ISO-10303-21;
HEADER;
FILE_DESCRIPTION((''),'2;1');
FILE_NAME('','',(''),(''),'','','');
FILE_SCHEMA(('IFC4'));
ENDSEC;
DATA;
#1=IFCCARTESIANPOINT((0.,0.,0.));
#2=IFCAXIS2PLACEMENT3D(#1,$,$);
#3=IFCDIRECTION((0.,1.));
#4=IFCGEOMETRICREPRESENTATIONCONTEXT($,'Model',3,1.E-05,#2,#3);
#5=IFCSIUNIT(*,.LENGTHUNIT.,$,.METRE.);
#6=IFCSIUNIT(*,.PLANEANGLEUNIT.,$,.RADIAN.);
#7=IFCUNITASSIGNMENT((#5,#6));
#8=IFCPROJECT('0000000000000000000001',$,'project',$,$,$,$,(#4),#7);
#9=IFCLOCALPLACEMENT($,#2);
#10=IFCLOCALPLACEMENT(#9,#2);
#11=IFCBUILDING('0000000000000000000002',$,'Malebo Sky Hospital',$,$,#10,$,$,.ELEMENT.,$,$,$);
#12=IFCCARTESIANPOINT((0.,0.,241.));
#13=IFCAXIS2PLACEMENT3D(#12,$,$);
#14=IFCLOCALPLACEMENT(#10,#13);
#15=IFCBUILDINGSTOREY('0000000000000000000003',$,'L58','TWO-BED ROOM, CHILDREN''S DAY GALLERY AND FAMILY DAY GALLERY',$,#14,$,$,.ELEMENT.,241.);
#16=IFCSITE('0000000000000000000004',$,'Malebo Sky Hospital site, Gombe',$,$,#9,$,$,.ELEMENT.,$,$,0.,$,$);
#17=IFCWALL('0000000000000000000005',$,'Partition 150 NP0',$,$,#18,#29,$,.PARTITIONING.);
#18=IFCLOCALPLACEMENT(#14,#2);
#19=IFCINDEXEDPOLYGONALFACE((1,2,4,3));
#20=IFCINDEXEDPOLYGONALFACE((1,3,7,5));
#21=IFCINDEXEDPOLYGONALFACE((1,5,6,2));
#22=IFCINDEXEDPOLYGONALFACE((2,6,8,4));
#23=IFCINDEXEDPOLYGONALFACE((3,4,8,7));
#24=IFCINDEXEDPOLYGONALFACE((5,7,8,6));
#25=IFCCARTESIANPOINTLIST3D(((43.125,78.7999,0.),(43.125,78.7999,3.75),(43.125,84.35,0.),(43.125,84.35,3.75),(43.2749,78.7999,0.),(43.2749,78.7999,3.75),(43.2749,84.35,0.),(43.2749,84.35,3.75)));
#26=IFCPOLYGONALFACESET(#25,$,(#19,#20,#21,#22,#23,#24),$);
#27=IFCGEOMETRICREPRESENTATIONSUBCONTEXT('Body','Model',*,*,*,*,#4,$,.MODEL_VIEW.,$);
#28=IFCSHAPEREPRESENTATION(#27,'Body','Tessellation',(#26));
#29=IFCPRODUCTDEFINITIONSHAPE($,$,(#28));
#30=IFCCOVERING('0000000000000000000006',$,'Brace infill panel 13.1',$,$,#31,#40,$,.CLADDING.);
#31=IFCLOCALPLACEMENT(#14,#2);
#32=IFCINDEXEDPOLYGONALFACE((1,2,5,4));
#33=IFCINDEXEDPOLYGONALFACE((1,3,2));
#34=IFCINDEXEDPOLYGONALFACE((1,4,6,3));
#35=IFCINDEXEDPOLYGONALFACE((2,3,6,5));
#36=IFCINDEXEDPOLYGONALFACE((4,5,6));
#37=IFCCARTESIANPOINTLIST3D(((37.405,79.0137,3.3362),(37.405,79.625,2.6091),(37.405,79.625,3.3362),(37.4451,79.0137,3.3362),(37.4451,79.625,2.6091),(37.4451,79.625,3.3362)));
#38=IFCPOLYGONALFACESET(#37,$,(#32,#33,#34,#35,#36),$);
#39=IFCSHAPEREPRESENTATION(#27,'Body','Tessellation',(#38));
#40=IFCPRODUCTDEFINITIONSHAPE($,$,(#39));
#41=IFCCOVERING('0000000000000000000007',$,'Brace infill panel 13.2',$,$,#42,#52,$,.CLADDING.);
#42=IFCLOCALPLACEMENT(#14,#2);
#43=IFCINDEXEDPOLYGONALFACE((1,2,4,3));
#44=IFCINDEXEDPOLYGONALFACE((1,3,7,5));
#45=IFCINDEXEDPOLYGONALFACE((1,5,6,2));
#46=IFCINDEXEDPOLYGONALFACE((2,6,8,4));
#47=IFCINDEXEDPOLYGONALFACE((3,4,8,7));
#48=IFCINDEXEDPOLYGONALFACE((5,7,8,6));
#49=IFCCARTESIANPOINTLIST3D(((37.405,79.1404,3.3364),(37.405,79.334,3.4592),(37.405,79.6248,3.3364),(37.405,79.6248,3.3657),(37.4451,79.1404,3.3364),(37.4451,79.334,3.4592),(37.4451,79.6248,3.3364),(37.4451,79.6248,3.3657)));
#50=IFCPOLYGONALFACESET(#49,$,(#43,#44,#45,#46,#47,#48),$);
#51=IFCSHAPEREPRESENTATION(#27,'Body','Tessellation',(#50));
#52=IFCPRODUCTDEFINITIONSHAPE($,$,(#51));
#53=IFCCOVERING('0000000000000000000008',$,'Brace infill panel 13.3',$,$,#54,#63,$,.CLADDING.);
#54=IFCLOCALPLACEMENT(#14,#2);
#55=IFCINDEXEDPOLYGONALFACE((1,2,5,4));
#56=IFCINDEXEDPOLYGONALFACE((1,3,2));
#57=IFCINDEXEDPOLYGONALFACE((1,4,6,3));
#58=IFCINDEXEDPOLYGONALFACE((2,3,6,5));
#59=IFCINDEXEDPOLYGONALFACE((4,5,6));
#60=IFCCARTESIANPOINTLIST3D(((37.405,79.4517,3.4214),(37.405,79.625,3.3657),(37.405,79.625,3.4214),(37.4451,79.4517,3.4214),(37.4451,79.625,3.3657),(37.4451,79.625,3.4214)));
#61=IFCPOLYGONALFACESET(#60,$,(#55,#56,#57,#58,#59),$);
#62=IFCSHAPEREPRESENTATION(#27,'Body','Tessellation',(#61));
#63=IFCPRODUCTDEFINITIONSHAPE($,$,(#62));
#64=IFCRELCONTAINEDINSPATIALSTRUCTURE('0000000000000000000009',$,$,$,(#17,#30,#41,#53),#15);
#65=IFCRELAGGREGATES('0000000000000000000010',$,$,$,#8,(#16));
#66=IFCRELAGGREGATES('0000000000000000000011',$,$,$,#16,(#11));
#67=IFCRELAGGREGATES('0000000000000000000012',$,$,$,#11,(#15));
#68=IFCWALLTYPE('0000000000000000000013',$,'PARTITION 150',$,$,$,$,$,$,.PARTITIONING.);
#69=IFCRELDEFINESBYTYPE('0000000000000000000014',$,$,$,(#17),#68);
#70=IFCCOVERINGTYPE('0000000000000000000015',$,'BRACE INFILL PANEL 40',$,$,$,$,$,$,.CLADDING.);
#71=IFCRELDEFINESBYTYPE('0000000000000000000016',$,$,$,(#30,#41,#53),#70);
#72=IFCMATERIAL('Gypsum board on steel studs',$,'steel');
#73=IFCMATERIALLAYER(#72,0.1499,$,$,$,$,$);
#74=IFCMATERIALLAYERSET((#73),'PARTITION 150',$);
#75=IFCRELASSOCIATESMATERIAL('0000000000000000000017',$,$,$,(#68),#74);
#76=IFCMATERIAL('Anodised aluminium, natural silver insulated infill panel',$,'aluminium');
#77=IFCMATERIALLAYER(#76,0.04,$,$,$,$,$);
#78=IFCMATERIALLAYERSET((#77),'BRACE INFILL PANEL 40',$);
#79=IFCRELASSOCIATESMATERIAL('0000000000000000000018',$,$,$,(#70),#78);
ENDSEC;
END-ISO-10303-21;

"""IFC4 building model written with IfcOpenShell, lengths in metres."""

from ifc_helpers import new_model, si_unit, direction, frame, frame_2d, origin, place, context, subcontext, project, spatial, polyline, rectangle, outline, extrude, material, layer, layer_set, type_object, element, save


model = new_model("IFC4")

# Units and contexts
model_context = context("Model", 3, precision=1e-05, world=origin(), true_north=direction((0.0, 1.0)))
body_context = subcontext(model_context, "Body", "Model", "MODEL_VIEW")
ifc_project = project(units=[si_unit("LENGTHUNIT", "METRE"), si_unit("PLANEANGLEUNIT", "RADIAN")], contexts=[model_context])

# Site, building, storey
site_placement = place(None, origin())
site = spatial("IfcSite", under=ifc_project, at=site_placement, Name="Malebo Sky Hospital site, Gombe", CompositionType="ELEMENT", RefElevation=0.0)
building_placement = place(site_placement, origin())
building = spatial("IfcBuilding", under=site, at=building_placement, Name="Malebo Sky Hospital", CompositionType="ELEMENT")
storey_placement = place(building_placement, frame((0.0, 0.0, 241.0)))
storey = spatial("IfcBuildingStorey", under=building, at=storey_placement, Name="L58", Description="TWO-BED ROOM, CHILDREN'S DAY GALLERY AND FAMILY DAY GALLERY", CompositionType="ELEMENT", Elevation=241.0)

# Shared definitions
ifc_material_1 = material(Name="Gypsum board on steel studs", Category="steel")

# Wall
ifc_layer_1 = layer(ifc_material_1, 0.1499)
ifc_layer_set_1 = layer_set([ifc_layer_1], Name="PARTITION 150")
wall_type_1 = type_object("IfcWallType", Name="PARTITION 150", PredefinedType="PARTITIONING", material=ifc_layer_set_1)
wall_1_placement = place(storey_placement, frame((43.2, 78.8, 0.0), z_axis=(0.0, 0.0, 1.0), x_axis=(0.0, 1.0, 0.0)))
element("IfcWall", 1, at=wall_1_placement, inside=storey, type_object=wall_type_1, Name="Partition 150 NP0", PredefinedType="PARTITIONING", context=body_context, shape_type="SweptSolid", body=[
    extrude(rectangle(XDim=5.55, YDim=0.1499, at=frame_2d((2.7749, 0.0))), origin(), (0.0, 0.0, 1.0), 3.75),
])

# Coverings
ifc_material_2 = material(Name="Anodised aluminium, natural silver insulated infill panel", Category="aluminium")
ifc_layer_2 = layer(ifc_material_2, 0.04)
ifc_layer_set_2 = layer_set([ifc_layer_2], Name="BRACE INFILL PANEL 40")
covering_type = type_object("IfcCoveringType", Name="BRACE INFILL PANEL 40", PredefinedType="CLADDING", material=ifc_layer_set_2)
covering_1_placement = place(storey_placement, frame((37.425, 79.3193, 2.6091), z_axis=(0.0, 0.0, 1.0), x_axis=(0.0, 1.0, 0.0)))
element("IfcCovering", 2, at=covering_1_placement, inside=storey, type_object=covering_type, Name="Brace infill panel 13.1", PredefinedType="CLADDING", context=body_context, shape_type="SweptSolid", body=[
    extrude(outline(polyline([(0.3057, 0.0), (0.3057, 0.7271), (-0.3057, 0.7271), (0.3057, 0.0)])), frame((0.0, 0.02, 0.0), z_axis=(0.0, -1.0, 0.0), x_axis=(1.0, 0.0, 0.0)), (0.0, 0.0, 1.0), 0.04),
])
covering_2_placement = place(storey_placement, frame((37.425, 79.3826, 3.3364), z_axis=(0.0, 0.0, 1.0), x_axis=(0.0, 1.0, 0.0)))
element("IfcCovering", 3, at=covering_2_placement, inside=storey, type_object=covering_type, Name="Brace infill panel 13.2", PredefinedType="CLADDING", context=body_context, shape_type="SweptSolid", body=[
    extrude(outline(polyline([(-0.2422, 0.0), (0.2422, 0.0), (0.2422, 0.0293), (-0.0486, 0.1228), (-0.2422, 0.0)])), frame((0.0, 0.02, 0.0), z_axis=(0.0, -1.0, 0.0), x_axis=(1.0, 0.0, 0.0)), (0.0, 0.0, 1.0), 0.04),
])
covering_3_placement = place(storey_placement, frame((37.425, 79.5383, 3.3657), z_axis=(0.0, 0.0, 1.0), x_axis=(0.0, 1.0, 0.0)))
element("IfcCovering", 4, at=covering_3_placement, inside=storey, type_object=covering_type, Name="Brace infill panel 13.3", PredefinedType="CLADDING", context=body_context, shape_type="SweptSolid", body=[
    extrude(outline(polyline([(0.0867, 0.0), (0.0867, 0.0557), (-0.0867, 0.0557), (0.0867, 0.0)])), frame((0.0, 0.02, 0.0), z_axis=(0.0, -1.0, 0.0), x_axis=(1.0, 0.0, 0.0)), (0.0, 0.0, 1.0), 0.04),
])

save(model, "model.ifc")
